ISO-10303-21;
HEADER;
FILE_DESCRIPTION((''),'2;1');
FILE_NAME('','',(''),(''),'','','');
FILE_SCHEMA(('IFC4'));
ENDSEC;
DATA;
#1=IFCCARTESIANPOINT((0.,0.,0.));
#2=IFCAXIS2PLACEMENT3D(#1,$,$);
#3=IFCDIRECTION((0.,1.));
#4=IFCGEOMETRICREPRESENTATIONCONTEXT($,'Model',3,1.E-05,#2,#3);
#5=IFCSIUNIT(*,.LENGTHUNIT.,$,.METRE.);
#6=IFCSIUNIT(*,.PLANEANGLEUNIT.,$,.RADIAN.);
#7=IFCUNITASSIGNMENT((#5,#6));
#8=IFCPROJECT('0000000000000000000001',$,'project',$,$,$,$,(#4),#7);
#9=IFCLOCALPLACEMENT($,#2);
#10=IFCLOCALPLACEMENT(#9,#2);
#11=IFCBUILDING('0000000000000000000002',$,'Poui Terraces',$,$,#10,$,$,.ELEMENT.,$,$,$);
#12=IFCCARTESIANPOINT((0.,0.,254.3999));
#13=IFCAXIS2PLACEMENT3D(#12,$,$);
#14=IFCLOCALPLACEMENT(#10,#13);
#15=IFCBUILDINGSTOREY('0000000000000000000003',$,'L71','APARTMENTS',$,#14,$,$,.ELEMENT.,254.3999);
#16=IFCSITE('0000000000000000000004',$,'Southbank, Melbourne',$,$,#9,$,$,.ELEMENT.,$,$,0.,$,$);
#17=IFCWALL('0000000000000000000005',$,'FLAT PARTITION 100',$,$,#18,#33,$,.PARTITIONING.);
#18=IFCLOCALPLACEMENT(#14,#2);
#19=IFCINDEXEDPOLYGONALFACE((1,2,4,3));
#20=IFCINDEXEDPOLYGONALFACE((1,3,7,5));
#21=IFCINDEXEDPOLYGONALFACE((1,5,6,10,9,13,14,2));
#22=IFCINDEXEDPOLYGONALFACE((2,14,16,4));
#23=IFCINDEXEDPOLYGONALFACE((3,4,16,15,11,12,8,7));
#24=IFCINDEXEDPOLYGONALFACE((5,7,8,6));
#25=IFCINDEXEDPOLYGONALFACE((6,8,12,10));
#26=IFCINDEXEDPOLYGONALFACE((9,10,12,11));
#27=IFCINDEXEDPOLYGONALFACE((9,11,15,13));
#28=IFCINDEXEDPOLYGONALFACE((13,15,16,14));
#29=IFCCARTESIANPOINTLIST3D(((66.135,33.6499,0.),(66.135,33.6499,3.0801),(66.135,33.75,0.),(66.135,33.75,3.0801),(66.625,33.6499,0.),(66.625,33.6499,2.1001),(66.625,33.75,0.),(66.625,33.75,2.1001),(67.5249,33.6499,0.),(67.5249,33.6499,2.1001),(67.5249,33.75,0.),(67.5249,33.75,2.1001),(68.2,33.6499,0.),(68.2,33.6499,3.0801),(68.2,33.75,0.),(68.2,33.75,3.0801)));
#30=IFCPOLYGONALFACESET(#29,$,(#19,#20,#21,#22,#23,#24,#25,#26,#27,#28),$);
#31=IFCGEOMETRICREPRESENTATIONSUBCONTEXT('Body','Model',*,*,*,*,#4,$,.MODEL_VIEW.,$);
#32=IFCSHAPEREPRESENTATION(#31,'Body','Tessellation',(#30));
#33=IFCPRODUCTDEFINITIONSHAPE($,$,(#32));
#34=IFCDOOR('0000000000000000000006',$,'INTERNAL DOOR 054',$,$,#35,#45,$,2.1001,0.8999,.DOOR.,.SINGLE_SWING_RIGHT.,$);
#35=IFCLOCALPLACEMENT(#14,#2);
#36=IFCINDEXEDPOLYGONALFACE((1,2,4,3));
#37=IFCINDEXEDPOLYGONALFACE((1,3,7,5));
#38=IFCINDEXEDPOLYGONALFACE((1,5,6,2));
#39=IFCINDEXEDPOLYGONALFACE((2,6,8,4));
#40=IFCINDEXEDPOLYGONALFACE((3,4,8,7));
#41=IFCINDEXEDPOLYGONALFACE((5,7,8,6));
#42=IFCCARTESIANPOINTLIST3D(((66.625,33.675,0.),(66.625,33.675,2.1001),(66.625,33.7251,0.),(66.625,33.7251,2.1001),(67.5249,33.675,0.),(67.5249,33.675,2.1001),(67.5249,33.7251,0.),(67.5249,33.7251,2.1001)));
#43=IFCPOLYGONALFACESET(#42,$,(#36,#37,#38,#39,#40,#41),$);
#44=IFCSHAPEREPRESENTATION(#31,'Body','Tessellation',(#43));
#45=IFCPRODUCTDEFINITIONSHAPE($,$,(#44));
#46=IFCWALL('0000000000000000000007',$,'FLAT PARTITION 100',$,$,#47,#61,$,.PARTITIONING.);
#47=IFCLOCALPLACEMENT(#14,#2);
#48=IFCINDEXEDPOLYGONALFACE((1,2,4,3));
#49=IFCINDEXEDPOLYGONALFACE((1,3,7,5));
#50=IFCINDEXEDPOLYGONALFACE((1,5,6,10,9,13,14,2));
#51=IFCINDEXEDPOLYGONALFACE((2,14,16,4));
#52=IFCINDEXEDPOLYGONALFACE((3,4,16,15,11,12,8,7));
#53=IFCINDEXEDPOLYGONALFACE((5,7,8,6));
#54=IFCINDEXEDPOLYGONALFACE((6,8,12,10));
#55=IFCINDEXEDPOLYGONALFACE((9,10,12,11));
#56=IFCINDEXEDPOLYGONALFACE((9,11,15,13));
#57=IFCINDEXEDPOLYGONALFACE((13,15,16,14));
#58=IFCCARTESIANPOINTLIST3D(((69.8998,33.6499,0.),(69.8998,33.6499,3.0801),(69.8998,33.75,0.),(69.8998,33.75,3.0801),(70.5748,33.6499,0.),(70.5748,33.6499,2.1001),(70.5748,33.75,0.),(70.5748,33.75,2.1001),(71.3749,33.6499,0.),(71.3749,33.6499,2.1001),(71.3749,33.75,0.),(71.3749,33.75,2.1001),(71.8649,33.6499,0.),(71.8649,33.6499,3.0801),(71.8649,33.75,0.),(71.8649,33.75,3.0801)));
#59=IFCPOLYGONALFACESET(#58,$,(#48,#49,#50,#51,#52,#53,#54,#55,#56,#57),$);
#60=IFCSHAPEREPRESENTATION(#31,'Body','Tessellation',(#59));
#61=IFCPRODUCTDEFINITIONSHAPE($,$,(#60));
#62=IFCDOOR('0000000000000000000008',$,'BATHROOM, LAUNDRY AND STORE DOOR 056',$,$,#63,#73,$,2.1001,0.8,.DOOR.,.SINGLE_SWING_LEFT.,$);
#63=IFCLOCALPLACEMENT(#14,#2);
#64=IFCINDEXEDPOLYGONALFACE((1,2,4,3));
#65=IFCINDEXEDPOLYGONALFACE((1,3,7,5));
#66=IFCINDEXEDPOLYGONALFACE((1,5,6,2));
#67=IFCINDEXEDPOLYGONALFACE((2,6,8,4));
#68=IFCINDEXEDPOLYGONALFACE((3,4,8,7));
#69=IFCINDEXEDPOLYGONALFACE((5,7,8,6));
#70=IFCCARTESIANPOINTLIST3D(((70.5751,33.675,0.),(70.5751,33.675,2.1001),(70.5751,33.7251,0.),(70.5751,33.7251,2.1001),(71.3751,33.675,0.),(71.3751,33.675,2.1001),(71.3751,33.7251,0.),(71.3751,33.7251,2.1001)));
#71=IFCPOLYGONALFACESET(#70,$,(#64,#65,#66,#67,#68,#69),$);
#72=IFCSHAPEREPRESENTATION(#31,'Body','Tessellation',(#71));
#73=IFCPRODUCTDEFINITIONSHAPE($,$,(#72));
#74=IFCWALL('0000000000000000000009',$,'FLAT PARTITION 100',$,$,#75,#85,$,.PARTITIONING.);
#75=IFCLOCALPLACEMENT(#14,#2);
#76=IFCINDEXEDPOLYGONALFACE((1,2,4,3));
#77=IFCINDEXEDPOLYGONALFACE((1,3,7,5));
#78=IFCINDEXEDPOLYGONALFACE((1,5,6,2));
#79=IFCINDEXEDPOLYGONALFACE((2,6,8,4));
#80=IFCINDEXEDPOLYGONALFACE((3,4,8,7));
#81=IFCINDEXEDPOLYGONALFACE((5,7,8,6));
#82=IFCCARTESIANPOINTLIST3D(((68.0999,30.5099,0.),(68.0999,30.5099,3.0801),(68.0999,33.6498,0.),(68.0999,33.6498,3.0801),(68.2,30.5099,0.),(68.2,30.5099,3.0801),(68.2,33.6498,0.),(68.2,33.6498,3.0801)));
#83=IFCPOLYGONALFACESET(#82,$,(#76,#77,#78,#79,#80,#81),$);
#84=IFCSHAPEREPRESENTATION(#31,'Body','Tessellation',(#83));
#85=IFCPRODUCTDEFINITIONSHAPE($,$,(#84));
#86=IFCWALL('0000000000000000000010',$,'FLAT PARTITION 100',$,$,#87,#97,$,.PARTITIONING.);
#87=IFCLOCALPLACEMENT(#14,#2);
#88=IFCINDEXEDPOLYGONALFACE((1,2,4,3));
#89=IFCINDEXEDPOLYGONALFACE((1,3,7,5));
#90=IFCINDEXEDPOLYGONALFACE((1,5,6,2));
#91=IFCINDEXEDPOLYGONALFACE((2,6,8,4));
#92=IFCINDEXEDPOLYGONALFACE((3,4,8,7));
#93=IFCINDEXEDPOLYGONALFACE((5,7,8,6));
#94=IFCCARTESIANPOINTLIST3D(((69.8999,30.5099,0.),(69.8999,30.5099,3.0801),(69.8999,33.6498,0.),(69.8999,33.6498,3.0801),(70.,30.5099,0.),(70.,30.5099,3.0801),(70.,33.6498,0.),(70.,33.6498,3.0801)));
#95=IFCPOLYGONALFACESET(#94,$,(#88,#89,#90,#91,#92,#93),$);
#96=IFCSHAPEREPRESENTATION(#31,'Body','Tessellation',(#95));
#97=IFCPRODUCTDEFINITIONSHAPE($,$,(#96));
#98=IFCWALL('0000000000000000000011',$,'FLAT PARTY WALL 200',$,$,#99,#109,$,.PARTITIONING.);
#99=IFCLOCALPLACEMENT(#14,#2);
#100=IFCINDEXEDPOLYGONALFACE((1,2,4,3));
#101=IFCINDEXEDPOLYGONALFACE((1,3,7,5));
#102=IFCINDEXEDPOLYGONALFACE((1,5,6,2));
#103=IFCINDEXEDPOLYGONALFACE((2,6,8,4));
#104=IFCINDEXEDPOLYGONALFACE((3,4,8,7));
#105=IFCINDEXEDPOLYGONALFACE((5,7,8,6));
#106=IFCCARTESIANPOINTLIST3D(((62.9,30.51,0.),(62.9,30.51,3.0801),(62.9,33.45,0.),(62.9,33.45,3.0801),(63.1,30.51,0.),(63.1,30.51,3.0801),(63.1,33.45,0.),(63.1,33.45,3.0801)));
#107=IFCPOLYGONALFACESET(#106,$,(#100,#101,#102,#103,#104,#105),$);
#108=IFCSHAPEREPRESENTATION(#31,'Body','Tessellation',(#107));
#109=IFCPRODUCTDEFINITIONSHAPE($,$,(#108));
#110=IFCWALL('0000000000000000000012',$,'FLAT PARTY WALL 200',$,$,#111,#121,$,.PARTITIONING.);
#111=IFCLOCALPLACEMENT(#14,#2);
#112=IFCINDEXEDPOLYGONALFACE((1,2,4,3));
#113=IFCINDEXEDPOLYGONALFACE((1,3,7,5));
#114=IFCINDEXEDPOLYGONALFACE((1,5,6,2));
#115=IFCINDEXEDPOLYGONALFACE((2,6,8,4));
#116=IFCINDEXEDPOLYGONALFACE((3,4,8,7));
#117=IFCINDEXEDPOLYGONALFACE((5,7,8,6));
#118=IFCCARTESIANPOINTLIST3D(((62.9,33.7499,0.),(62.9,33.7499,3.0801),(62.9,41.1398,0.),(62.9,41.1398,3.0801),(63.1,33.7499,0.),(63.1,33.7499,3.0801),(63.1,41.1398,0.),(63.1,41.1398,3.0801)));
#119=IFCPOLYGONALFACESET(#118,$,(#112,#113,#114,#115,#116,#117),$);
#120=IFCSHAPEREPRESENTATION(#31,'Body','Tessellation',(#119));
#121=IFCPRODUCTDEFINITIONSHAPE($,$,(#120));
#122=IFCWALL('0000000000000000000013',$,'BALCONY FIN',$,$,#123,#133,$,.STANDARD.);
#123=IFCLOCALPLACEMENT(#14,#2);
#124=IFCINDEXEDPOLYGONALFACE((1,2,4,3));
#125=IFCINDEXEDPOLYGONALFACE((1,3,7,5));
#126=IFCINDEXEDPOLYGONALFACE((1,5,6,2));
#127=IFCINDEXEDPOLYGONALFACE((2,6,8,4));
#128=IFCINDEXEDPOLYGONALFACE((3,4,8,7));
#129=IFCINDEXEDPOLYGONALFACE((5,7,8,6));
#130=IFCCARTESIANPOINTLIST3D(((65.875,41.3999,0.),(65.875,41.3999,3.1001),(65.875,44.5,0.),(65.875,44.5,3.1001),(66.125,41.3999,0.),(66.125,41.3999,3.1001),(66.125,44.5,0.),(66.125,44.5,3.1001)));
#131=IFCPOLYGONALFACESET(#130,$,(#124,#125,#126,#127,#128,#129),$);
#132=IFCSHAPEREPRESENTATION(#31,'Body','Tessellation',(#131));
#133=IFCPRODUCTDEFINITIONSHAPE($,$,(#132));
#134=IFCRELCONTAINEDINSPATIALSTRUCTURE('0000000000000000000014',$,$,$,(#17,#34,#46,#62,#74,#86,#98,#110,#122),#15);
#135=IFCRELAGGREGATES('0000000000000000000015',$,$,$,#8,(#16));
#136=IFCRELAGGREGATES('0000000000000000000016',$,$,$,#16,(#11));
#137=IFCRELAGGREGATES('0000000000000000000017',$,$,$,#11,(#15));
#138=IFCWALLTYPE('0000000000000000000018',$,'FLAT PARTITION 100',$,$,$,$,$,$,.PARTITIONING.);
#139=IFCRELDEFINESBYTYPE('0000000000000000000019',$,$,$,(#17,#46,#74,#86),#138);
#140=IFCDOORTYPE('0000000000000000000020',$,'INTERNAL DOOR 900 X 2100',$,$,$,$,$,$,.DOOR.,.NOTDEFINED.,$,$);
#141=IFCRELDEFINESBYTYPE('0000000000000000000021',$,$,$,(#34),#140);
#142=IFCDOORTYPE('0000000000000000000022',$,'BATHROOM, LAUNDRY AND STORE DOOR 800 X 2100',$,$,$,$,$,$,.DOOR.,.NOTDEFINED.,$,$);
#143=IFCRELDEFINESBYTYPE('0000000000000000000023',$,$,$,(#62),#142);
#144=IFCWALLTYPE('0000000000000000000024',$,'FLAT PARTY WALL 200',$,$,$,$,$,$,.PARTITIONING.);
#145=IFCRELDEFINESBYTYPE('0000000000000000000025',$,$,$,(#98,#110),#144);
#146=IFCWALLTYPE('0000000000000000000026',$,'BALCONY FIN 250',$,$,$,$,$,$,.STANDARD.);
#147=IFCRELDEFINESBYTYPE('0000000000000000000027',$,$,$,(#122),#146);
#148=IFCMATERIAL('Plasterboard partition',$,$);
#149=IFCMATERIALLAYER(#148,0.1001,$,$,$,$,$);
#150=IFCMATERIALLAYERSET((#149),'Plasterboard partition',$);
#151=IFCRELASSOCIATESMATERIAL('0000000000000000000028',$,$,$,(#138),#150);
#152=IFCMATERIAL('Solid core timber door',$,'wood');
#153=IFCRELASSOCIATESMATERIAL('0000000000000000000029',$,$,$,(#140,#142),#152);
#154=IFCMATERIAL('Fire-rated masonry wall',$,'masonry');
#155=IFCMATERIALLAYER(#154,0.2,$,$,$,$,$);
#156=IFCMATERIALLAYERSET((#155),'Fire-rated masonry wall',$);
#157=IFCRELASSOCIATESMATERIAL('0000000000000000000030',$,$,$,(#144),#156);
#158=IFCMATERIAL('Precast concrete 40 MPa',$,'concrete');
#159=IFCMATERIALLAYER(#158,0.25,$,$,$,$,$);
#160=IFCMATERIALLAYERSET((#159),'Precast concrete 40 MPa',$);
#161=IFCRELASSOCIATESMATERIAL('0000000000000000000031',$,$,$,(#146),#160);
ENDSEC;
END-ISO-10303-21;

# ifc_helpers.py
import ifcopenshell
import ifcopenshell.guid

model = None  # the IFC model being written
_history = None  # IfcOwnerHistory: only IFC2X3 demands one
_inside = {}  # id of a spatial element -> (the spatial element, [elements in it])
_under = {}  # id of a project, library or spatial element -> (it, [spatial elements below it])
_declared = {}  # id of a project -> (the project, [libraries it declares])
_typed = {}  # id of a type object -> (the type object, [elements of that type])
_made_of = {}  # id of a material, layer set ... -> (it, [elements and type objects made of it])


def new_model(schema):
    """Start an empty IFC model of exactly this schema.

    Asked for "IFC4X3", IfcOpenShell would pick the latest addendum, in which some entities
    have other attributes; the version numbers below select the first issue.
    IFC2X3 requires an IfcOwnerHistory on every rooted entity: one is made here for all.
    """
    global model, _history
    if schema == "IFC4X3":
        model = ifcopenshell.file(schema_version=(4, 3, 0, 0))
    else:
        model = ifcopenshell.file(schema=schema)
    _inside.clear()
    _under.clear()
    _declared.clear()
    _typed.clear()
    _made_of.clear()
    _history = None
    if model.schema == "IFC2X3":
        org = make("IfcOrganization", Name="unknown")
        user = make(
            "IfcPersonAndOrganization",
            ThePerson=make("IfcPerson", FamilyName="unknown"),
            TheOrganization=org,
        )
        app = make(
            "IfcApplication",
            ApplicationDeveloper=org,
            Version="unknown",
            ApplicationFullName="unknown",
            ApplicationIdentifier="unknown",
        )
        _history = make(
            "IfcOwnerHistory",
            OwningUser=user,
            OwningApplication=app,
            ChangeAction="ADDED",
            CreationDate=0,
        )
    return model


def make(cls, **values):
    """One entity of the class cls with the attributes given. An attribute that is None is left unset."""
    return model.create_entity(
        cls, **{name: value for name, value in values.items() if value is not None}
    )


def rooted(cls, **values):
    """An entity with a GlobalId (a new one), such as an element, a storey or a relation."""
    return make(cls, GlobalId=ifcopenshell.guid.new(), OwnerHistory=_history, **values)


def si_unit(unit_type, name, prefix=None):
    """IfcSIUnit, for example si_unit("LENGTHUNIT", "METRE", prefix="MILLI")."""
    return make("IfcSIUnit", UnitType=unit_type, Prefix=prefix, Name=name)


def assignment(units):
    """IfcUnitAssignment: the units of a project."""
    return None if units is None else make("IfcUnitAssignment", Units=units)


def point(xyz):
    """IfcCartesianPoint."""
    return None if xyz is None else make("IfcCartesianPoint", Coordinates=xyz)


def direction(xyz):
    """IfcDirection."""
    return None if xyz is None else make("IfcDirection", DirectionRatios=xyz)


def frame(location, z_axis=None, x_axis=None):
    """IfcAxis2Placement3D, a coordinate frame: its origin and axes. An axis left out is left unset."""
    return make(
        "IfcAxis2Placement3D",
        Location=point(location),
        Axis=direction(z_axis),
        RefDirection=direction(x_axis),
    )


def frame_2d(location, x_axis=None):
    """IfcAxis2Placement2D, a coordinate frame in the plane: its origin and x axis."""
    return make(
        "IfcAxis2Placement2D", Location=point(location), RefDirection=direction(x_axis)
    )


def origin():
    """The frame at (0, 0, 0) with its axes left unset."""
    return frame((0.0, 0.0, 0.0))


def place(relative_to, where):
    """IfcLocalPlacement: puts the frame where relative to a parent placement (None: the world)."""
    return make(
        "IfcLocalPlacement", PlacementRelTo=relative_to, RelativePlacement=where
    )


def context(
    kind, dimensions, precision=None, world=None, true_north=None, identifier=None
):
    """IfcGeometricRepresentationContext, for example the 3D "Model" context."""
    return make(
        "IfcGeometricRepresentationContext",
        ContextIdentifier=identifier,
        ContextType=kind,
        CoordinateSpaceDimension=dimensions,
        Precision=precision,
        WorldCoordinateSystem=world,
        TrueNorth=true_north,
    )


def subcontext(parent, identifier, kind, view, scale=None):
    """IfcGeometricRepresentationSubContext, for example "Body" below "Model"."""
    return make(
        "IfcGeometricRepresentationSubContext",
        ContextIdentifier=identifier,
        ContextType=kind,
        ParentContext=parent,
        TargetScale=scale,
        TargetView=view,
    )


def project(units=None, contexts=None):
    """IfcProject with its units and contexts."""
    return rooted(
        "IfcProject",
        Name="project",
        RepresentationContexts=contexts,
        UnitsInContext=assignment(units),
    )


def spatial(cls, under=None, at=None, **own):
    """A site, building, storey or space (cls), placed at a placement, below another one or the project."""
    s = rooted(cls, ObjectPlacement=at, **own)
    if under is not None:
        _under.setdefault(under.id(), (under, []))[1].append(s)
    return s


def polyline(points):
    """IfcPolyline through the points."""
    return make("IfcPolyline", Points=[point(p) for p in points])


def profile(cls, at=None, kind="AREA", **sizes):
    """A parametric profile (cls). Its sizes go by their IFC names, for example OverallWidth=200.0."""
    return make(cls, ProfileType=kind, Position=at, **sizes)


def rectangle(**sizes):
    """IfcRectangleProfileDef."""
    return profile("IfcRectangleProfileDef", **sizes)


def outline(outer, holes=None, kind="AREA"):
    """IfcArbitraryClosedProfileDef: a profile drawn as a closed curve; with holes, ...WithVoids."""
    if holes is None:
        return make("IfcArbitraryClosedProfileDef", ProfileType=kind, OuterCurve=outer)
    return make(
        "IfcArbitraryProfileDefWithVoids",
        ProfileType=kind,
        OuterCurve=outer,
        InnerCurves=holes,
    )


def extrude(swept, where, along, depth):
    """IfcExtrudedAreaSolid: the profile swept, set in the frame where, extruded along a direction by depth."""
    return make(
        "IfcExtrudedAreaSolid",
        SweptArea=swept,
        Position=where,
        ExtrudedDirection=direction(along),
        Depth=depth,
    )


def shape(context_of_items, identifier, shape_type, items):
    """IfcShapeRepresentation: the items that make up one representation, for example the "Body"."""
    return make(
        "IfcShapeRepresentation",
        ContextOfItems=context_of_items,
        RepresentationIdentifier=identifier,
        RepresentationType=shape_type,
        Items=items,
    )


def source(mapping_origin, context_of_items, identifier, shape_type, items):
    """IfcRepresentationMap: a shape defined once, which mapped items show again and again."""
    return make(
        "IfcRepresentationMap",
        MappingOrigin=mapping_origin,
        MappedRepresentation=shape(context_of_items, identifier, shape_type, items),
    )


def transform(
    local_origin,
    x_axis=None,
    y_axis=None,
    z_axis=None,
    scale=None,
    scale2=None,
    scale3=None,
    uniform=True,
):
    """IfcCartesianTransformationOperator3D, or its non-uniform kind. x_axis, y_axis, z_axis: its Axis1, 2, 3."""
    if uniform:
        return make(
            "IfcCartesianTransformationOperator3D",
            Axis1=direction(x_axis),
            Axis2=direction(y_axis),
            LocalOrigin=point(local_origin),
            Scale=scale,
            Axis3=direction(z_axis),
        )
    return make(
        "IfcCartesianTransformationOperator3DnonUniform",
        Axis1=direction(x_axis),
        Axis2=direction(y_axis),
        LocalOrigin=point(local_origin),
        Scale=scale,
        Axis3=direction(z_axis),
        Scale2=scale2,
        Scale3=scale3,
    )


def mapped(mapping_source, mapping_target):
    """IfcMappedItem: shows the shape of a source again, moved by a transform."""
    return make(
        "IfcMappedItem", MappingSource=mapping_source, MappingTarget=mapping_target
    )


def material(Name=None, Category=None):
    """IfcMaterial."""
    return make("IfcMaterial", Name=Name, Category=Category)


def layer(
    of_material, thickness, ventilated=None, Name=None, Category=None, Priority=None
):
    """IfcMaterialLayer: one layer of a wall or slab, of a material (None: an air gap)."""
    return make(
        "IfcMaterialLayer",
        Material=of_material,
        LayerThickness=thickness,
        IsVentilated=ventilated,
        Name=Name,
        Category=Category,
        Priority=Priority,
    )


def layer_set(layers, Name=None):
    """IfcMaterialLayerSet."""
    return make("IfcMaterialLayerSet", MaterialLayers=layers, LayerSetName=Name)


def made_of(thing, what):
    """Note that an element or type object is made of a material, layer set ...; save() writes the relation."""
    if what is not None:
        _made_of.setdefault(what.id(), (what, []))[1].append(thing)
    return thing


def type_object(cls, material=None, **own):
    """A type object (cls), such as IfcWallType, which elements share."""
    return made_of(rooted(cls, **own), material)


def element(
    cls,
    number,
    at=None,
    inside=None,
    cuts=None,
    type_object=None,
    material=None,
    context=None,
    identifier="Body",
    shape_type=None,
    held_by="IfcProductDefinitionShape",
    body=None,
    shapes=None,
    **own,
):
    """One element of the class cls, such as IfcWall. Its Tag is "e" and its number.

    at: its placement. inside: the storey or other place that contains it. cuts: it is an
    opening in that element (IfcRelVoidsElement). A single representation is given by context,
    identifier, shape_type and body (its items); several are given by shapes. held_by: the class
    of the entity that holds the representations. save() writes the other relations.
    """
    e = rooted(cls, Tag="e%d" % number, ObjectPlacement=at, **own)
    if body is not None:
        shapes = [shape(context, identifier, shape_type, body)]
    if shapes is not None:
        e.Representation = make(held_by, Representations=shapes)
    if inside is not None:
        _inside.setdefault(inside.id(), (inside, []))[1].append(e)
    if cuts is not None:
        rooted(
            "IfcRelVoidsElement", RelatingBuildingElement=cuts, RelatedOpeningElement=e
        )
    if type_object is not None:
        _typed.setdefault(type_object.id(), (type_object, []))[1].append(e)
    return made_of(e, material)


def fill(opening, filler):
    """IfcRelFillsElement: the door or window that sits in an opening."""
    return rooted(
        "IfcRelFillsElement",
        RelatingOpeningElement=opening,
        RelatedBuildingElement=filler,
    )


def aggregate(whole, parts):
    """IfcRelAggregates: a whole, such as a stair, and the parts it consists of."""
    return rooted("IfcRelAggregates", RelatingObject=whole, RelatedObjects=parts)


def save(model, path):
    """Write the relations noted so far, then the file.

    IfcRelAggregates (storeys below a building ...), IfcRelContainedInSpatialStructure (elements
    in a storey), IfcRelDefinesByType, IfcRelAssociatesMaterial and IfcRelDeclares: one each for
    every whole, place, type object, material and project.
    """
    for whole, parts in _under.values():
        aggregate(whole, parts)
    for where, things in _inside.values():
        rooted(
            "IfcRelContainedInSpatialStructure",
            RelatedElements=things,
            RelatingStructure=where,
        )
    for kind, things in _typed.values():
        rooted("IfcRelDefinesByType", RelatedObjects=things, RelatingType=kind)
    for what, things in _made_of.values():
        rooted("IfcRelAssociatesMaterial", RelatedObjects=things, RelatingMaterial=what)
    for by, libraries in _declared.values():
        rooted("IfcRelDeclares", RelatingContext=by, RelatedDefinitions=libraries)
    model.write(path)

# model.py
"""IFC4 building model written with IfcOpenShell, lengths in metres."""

from ifc_helpers import new_model, si_unit, direction, frame, frame_2d, origin, place, context, subcontext, project, spatial, polyline, rectangle, outline, extrude, source, transform, mapped, material, layer, layer_set, type_object, element, fill, save


model = new_model("IFC4")

# Units and contexts
model_context = context("Model", 3, precision=1e-05, world=origin(), true_north=direction((0.0, 1.0)))
body_context = subcontext(model_context, "Body", "Model", "MODEL_VIEW")
ifc_project = project(units=[si_unit("LENGTHUNIT", "METRE"), si_unit("PLANEANGLEUNIT", "RADIAN")], contexts=[model_context])

# Site, building, storey
site_placement = place(None, origin())
site = spatial("IfcSite", under=ifc_project, at=site_placement, Name="Southbank, Melbourne", CompositionType="ELEMENT", RefElevation=0.0)
building_placement = place(site_placement, origin())
building = spatial("IfcBuilding", under=site, at=building_placement, Name="Poui Terraces", CompositionType="ELEMENT")
storey_placement = place(building_placement, frame((0.0, 0.0, 254.3999)))
storey = spatial("IfcBuildingStorey", under=building, at=storey_placement, Name="L71", Description="APARTMENTS", CompositionType="ELEMENT", Elevation=254.3999)

# Walls, openings, doors
ifc_material_1 = material(Name="Plasterboard partition")
ifc_layer_1 = layer(ifc_material_1, 0.1001)
ifc_layer_set_1 = layer_set([ifc_layer_1], Name="Plasterboard partition")
wall_type_1 = type_object("IfcWallType", Name="FLAT PARTITION 100", PredefinedType="PARTITIONING", material=ifc_layer_set_1)
wall_1_placement = place(storey_placement, frame((66.135, 33.7, 0.0), z_axis=(0.0, 0.0, 1.0), x_axis=(1.0, 0.0, 0.0)))
wall_1 = element("IfcWall", 1, at=wall_1_placement, inside=storey, type_object=wall_type_1, Name="FLAT PARTITION 100", PredefinedType="PARTITIONING", context=body_context, shape_type="SweptSolid", body=[
    extrude(rectangle(XDim=2.0649, YDim=0.1001, at=frame_2d((1.0325, 0.0))), origin(), (0.0, 0.0, 1.0), 3.0801),
])
opening_1_placement = place(wall_1_placement, frame((0.49, 0.0, 0.0)))
opening_1 = element("IfcOpeningElement", 2, at=opening_1_placement, cuts=wall_1, PredefinedType="OPENING", context=body_context, shape_type="SweptSolid", body=[
    extrude(rectangle(XDim=0.8999, YDim=2.1001, at=frame_2d((0.45, 1.05))), frame((0.0, 0.0601, 0.0), z_axis=(0.0, -1.0, 0.0), x_axis=(1.0, 0.0, 0.0)), (0.0, 0.0, 1.0), 0.1201),
])
ifc_material_2 = material(Name="Solid core timber door", Category="wood")
door_type_1 = type_object("IfcDoorType", Name="INTERNAL DOOR 900 X 2100", OperationType="NOTDEFINED", PredefinedType="DOOR", material=ifc_material_2)
door_1_placement = place(opening_1_placement, frame((0.8999, 0.0, 0.0), z_axis=(0.0, 0.0, 1.0), x_axis=(-1.0, 0.0, 0.0)))
door_1 = element("IfcDoor", 3, at=door_1_placement, inside=storey, type_object=door_type_1, Name="INTERNAL DOOR 054", OperationType="SINGLE_SWING_RIGHT", OverallHeight=2.1001, OverallWidth=0.8999, PredefinedType="DOOR", context=body_context, shape_type="SweptSolid", body=[
    extrude(rectangle(XDim=0.8999, YDim=2.1001, at=frame_2d((0.45, 1.05))), frame((0.0, 0.0249, 0.0), z_axis=(0.0, -1.0, 0.0), x_axis=(1.0, 0.0, 0.0)), (0.0, 0.0, 1.0), 0.05),
])
fill(opening_1, door_1)
wall_2_placement = place(storey_placement, frame((69.8999, 33.7, 0.0), z_axis=(0.0, 0.0, 1.0), x_axis=(1.0, 0.0, 0.0)))
wall_2 = element("IfcWall", 4, at=wall_2_placement, inside=storey, type_object=wall_type_1, Name="FLAT PARTITION 100", PredefinedType="PARTITIONING", context=body_context, shape_type="SweptSolid", body=[
    extrude(rectangle(XDim=1.9651, YDim=0.1001, at=frame_2d((0.9824, 0.0))), origin(), (0.0, 0.0, 1.0), 3.0801),
])
opening_2_placement = place(wall_2_placement, frame((0.675, 0.0, 0.0)))
opening_2 = element("IfcOpeningElement", 5, at=opening_2_placement, cuts=wall_2, PredefinedType="OPENING", context=body_context, shape_type="SweptSolid", body=[
    extrude(rectangle(XDim=0.8, YDim=2.1001, at=frame_2d((0.3999, 1.05))), frame((0.0, 0.0601, 0.0), z_axis=(0.0, -1.0, 0.0), x_axis=(1.0, 0.0, 0.0)), (0.0, 0.0, 1.0), 0.1201),
])
door_type_2 = type_object("IfcDoorType", Name="BATHROOM, LAUNDRY AND STORE DOOR 800 X 2100", OperationType="NOTDEFINED", PredefinedType="DOOR", material=ifc_material_2)
door_2_placement = place(opening_2_placement, frame((0.8, 0.0, 0.0), z_axis=(0.0, 0.0, 1.0), x_axis=(-1.0, 0.0, 0.0)))
door_2 = element("IfcDoor", 6, at=door_2_placement, inside=storey, type_object=door_type_2, Name="BATHROOM, LAUNDRY AND STORE DOOR 056", OperationType="SINGLE_SWING_LEFT", OverallHeight=2.1001, OverallWidth=0.8, PredefinedType="DOOR", context=body_context, shape_type="SweptSolid", body=[
    extrude(rectangle(XDim=0.8, YDim=2.1001, at=frame_2d((0.3999, 1.05))), frame((0.0, 0.0249, 0.0), z_axis=(0.0, -1.0, 0.0), x_axis=(1.0, 0.0, 0.0)), (0.0, 0.0, 1.0), 0.05),
])
fill(opening_2, door_2)

# Walls
for number, where, z_axis, x_axis, name in (
    (7, (68.1499, 30.51, 0.0), (0.0, 0.0, 1.0), (0.0, 1.0, 0.0), "FLAT PARTITION 100"),
    (8, (69.95, 30.51, 0.0), (0.0, 0.0, 1.0), (0.0, 1.0, 0.0), "FLAT PARTITION 100"),
):
    element("IfcWall", number, at=place(storey_placement, frame(where, z_axis=z_axis, x_axis=x_axis)), inside=storey, type_object=wall_type_1, Name=name, PredefinedType="PARTITIONING", context=body_context, shape_type="SweptSolid", body=[
        extrude(rectangle(XDim=3.1399, YDim=0.1001, at=frame_2d((1.5698, 0.0))), origin(), (0.0, 0.0, 1.0), 3.0801),
    ])
ifc_material_3 = material(Name="Fire-rated masonry wall", Category="masonry")
ifc_layer_2 = layer(ifc_material_3, 0.2)
ifc_layer_set_2 = layer_set([ifc_layer_2], Name="Fire-rated masonry wall")
wall_type_2 = type_object("IfcWallType", Name="FLAT PARTY WALL 200", PredefinedType="PARTITIONING", material=ifc_layer_set_2)
wall_3_placement = place(storey_placement, frame((63.0, 30.51, 0.0), z_axis=(0.0, 0.0, 1.0), x_axis=(0.0, 1.0, 0.0)))
element("IfcWall", 9, at=wall_3_placement, inside=storey, type_object=wall_type_2, Name="FLAT PARTY WALL 200", PredefinedType="PARTITIONING", context=body_context, shape_type="SweptSolid", body=[
    extrude(rectangle(XDim=2.9399, YDim=0.2, at=frame_2d((1.47, 0.0))), origin(), (0.0, 0.0, 1.0), 3.0801),
])
wall_4_placement = place(storey_placement, frame((63.0, 33.75, 0.0), z_axis=(0.0, 0.0, 1.0), x_axis=(0.0, 1.0, 0.0)))
element("IfcWall", 10, at=wall_4_placement, inside=storey, type_object=wall_type_2, Name="FLAT PARTY WALL 200", PredefinedType="PARTITIONING", context=body_context, shape_type="SweptSolid", body=[
    extrude(rectangle(XDim=7.3899, YDim=0.2, at=frame_2d((3.6948, 0.0))), origin(), (0.0, 0.0, 1.0), 3.0801),
])
ifc_material_4 = material(Name="Precast concrete 40 MPa", Category="concrete")
ifc_layer_3 = layer(ifc_material_4, 0.25)
ifc_layer_set_3 = layer_set([ifc_layer_3], Name="Precast concrete 40 MPa")
wall_type_3 = type_object("IfcWallType", Name="BALCONY FIN 250", PredefinedType="STANDARD", material=ifc_layer_set_3)
shared_shape_1 = source(origin(), body_context, "Body", "SweptSolid", [
    extrude(outline(polyline([(0.0, 0.0), (0.25, 0.0), (0.25, 3.1001), (0.0, 3.1001), (0.0, 0.0)])), origin(), (0.0, 0.0, 1.0), 3.1001),
])
wall_5_placement = place(storey_placement, frame((65.875, 41.3999, 0.0)))
element("IfcWall", 11, at=wall_5_placement, inside=storey, type_object=wall_type_3, Name="BALCONY FIN", PredefinedType="STANDARD", context=body_context, shape_type="MappedRepresentation", body=[
    mapped(shared_shape_1, transform((0.0, 0.0, 0.0))),
])

save(model, "model.ifc")
